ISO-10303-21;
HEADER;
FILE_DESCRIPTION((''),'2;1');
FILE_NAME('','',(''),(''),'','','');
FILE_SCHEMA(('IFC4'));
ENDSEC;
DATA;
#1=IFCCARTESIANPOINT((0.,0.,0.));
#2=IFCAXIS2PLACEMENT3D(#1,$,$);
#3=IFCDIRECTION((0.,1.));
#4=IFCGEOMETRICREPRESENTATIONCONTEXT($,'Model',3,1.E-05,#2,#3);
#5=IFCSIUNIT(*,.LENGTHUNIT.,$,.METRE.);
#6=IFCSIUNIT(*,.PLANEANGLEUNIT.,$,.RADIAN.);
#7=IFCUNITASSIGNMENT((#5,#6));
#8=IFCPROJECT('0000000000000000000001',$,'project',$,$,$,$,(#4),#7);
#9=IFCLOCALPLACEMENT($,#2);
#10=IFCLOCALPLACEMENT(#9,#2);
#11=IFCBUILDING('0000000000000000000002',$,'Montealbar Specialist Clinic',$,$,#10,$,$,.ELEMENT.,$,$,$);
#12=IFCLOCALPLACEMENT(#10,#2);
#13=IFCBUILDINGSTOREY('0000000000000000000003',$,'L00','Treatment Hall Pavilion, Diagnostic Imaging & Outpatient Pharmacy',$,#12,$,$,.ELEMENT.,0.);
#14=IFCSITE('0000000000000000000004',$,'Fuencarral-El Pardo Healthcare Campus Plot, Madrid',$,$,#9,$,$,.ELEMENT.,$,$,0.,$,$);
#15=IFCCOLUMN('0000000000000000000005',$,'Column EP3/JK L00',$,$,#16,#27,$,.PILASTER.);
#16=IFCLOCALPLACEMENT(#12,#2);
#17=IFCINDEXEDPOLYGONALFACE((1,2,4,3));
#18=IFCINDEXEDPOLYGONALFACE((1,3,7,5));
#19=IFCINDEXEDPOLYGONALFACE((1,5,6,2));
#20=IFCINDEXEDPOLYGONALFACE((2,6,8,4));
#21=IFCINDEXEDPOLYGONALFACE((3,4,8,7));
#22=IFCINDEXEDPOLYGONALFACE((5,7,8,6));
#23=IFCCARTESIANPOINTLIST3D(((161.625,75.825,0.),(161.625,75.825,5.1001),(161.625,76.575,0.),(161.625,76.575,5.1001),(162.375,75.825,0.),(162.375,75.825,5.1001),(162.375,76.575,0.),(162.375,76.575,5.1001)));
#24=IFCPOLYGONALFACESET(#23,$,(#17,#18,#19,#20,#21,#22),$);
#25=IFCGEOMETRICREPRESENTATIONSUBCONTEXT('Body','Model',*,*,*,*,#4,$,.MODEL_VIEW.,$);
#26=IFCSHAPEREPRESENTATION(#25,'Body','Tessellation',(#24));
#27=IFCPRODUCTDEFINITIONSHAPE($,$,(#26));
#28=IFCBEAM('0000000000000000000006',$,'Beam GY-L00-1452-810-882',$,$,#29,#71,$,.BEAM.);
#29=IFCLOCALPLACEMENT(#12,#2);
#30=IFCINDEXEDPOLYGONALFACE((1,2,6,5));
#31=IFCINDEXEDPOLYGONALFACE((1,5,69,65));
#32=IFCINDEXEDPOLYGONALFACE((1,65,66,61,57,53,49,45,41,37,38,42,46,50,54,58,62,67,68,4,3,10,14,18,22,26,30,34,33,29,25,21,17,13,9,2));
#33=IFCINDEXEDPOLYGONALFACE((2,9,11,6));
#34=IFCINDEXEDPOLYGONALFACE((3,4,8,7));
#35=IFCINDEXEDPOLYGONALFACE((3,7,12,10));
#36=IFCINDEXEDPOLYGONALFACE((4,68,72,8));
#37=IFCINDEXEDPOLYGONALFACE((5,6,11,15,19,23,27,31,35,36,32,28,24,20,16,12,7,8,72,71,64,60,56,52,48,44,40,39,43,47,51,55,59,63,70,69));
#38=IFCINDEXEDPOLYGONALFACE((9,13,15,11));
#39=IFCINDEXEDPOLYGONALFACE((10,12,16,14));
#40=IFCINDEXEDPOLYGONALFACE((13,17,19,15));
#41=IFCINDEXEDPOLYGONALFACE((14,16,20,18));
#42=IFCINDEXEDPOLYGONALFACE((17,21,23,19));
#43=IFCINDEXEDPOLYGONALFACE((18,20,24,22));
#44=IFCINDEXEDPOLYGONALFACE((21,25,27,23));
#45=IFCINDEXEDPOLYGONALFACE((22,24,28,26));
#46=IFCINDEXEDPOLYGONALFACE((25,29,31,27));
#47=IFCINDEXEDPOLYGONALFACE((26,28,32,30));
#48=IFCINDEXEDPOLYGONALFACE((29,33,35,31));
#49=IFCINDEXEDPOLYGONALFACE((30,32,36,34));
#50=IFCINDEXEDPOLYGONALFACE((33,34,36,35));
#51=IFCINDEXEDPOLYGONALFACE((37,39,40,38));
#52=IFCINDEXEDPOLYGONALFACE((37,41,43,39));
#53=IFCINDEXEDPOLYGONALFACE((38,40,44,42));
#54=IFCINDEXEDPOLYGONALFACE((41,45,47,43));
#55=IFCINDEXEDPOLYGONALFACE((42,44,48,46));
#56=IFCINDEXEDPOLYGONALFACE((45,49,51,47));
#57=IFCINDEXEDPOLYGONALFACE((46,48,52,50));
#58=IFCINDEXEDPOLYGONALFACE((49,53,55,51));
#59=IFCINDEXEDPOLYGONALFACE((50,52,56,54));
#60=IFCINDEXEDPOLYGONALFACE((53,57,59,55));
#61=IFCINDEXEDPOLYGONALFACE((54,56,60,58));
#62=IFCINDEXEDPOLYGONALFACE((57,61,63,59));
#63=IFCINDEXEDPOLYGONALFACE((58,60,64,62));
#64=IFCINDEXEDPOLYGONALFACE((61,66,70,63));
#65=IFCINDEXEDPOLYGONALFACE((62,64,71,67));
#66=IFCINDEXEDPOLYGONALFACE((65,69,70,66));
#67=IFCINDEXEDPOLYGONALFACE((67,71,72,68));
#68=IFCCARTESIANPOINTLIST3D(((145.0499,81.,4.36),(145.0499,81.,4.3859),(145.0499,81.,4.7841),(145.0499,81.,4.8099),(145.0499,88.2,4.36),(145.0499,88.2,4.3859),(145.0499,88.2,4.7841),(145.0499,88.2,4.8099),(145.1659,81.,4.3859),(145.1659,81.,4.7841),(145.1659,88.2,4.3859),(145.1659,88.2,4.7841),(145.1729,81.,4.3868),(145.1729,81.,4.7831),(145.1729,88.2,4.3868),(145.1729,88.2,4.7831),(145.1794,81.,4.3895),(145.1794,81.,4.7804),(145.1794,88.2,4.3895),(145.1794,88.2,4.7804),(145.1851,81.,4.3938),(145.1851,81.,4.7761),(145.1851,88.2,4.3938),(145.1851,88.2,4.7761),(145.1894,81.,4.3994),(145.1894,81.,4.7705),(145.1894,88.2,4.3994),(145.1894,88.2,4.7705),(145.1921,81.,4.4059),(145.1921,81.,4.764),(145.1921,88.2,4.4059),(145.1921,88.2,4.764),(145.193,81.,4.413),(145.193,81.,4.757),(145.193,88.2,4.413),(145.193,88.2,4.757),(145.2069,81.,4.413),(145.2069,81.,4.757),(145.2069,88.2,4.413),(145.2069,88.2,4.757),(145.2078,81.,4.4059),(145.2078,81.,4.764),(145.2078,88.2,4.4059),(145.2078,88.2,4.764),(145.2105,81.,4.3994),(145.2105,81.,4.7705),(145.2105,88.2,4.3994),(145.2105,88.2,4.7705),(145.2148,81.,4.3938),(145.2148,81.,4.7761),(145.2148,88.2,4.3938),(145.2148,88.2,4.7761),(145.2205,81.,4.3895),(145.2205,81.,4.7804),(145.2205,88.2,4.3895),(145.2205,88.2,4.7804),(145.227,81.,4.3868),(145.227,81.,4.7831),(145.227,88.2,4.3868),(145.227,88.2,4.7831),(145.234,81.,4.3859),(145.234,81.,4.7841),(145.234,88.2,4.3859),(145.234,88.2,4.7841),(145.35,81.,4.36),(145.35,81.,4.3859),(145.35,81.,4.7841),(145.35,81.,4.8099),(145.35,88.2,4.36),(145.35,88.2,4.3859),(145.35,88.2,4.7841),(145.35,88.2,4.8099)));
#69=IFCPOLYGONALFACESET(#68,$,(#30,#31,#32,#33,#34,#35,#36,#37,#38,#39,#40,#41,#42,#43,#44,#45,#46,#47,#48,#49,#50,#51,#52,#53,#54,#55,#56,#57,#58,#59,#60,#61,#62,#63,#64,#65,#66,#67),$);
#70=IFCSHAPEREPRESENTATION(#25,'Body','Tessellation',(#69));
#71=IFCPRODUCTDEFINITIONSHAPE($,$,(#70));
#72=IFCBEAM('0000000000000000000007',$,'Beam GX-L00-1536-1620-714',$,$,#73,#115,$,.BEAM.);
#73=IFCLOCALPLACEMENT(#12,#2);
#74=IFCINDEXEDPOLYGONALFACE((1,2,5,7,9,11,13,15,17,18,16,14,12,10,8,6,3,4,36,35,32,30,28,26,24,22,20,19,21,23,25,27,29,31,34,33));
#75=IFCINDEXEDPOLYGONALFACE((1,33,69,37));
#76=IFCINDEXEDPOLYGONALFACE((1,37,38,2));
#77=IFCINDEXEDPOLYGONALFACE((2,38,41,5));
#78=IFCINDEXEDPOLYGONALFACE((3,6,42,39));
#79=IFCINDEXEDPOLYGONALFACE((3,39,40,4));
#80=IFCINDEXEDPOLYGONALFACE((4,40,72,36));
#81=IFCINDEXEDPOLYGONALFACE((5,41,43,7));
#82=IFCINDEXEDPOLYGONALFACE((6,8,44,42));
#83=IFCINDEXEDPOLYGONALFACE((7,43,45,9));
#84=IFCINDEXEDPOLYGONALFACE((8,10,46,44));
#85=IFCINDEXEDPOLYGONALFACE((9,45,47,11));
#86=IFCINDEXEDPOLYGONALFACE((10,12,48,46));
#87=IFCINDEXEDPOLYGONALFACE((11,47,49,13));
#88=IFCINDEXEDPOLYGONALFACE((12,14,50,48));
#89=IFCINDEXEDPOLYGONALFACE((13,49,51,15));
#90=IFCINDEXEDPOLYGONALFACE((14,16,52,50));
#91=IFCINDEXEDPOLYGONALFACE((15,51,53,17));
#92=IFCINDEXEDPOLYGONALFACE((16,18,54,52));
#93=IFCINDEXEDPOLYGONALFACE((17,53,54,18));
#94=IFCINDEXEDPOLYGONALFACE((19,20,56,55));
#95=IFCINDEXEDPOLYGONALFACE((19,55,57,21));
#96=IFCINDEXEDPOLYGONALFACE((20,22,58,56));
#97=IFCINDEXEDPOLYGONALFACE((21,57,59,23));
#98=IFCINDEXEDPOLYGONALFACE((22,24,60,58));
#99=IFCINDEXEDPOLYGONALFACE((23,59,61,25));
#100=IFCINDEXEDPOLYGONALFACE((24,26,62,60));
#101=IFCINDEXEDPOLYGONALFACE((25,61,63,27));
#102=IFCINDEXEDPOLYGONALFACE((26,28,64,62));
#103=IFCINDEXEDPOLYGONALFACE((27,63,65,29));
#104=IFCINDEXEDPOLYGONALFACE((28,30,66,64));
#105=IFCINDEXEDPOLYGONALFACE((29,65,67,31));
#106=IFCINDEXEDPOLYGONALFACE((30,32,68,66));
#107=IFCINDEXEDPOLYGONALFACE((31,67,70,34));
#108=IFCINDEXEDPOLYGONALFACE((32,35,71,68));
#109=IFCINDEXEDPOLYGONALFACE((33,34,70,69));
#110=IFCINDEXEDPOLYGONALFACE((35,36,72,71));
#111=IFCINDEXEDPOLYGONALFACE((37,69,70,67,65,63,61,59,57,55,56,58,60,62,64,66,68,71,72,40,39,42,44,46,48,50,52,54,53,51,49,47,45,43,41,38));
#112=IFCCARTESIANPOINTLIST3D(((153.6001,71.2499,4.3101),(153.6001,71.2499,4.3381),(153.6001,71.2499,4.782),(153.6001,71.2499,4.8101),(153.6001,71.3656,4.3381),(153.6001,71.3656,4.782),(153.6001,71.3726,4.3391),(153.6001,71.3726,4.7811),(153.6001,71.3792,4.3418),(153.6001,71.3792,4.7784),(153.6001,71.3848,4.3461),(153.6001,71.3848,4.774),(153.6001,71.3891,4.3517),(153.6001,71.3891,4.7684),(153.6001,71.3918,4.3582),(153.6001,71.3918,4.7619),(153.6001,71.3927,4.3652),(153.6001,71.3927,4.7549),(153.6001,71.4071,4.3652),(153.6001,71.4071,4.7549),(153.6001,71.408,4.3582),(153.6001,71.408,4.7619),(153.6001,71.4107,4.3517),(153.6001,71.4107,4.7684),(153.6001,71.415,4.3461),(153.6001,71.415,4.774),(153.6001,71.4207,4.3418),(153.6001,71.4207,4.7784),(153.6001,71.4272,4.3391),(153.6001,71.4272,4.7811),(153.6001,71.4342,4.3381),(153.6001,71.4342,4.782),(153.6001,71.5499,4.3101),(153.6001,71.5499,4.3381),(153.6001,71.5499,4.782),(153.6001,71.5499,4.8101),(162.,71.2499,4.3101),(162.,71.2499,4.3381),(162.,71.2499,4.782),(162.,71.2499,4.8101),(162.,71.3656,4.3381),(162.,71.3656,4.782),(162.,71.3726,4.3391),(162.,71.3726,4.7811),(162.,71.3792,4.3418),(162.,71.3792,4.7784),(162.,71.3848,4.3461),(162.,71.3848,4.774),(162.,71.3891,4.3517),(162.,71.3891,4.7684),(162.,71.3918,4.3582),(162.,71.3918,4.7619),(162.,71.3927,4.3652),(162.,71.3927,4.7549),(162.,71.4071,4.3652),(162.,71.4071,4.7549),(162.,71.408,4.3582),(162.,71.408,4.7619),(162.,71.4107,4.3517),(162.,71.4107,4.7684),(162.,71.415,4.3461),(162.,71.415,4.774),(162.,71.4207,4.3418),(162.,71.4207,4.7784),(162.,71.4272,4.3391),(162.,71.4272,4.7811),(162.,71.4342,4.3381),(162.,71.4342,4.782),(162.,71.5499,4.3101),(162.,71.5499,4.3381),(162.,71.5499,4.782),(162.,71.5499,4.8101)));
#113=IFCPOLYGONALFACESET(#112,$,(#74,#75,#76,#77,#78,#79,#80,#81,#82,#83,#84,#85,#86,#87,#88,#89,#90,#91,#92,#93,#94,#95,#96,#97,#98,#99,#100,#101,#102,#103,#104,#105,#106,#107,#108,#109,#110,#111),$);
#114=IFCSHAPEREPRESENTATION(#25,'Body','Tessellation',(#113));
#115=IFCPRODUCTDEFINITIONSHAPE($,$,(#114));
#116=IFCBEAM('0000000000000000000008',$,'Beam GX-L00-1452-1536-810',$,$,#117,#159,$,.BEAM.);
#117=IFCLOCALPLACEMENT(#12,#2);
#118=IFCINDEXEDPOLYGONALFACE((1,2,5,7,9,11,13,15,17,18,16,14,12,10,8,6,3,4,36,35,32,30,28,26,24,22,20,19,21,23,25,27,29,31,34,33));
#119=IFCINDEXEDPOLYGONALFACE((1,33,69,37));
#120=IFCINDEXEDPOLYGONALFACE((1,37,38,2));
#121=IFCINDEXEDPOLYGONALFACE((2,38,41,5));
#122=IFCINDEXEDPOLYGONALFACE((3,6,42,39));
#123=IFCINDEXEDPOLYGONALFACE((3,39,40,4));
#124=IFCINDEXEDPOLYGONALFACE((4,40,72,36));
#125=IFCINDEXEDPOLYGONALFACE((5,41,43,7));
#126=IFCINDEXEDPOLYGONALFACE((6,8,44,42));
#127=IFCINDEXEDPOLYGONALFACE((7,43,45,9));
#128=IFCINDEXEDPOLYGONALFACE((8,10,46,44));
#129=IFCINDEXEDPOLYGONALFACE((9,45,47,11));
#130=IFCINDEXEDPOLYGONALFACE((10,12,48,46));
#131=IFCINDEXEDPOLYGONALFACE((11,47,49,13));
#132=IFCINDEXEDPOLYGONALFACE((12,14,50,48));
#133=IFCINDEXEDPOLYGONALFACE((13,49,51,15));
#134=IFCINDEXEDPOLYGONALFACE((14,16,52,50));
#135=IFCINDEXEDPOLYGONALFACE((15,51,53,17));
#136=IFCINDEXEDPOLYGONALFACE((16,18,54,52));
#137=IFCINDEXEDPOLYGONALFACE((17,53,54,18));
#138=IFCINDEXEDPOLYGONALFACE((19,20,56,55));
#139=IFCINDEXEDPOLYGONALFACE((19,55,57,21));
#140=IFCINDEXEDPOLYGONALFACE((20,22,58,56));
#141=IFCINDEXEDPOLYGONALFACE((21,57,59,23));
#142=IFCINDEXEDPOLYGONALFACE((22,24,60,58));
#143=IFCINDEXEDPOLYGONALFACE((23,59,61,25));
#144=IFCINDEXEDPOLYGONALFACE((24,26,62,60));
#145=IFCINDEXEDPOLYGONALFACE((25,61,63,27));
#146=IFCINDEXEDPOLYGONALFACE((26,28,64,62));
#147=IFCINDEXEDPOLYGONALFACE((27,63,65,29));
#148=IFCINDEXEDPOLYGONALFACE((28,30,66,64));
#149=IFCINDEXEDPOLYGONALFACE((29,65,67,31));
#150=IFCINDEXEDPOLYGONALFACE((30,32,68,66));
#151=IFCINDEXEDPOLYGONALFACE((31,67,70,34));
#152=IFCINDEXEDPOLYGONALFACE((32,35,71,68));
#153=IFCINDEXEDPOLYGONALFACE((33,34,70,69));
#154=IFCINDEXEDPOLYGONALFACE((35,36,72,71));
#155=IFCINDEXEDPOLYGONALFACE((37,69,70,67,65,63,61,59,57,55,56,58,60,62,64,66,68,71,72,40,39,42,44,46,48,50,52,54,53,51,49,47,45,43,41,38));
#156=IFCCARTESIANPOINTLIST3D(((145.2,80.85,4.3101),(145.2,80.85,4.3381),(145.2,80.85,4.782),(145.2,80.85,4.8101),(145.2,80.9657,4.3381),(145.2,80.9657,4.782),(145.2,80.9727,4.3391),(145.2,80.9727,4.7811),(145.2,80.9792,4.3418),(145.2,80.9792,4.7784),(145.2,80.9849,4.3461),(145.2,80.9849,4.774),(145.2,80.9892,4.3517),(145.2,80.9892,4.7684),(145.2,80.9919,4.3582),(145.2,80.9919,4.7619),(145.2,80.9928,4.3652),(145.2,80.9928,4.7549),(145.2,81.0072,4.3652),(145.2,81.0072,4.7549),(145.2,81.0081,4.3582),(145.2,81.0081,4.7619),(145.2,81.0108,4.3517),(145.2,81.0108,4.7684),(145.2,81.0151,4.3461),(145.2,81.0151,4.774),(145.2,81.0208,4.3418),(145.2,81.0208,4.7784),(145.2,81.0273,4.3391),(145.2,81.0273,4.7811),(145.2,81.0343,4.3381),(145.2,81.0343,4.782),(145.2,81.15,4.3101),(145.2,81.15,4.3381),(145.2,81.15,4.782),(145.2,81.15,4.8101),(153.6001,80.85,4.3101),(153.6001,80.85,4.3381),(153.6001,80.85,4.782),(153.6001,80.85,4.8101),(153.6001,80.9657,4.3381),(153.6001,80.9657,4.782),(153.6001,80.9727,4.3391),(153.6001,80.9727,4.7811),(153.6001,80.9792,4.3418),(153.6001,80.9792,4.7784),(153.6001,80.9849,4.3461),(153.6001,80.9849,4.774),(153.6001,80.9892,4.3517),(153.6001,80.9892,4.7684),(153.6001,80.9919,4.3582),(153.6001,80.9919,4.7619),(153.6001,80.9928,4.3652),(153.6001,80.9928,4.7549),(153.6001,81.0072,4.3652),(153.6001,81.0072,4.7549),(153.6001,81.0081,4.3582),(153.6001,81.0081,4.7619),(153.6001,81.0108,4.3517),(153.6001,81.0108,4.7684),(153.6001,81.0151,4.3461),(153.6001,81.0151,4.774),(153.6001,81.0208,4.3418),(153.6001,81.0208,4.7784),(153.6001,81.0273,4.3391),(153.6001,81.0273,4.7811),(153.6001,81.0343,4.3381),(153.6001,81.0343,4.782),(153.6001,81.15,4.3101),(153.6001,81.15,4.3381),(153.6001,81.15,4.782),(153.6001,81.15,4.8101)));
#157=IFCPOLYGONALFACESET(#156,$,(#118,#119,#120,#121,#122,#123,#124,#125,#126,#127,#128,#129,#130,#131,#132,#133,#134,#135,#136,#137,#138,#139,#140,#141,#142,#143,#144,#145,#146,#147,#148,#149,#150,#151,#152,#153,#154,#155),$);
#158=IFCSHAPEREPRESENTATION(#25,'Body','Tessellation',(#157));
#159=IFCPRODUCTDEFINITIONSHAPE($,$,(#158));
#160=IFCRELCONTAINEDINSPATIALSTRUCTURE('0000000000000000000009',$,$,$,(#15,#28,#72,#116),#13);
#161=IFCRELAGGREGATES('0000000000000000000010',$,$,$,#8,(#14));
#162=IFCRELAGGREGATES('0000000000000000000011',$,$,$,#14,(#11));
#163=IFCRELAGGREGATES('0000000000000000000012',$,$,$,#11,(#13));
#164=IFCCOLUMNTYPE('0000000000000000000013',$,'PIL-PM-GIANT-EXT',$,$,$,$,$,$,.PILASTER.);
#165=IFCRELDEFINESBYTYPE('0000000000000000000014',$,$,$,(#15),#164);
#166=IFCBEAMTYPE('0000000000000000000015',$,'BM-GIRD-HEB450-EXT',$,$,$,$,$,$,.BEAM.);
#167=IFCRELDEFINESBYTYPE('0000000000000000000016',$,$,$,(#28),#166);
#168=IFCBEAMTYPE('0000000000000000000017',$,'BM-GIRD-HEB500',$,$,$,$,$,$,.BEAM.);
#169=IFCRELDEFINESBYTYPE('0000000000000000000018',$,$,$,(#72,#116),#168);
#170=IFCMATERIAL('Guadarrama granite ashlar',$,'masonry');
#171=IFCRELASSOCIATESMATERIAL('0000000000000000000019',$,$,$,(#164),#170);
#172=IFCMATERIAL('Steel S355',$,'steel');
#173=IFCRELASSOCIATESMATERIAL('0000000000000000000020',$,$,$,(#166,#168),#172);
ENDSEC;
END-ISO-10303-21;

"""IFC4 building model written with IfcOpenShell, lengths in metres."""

from ifc_helpers import new_model, si_unit, direction, frame, origin, origin_2d, place, context, subcontext, project, spatial, rectangle, i_section, extrude, material, material_profile, profile_set, type_object, element, save


model = new_model("IFC4")

# Units and contexts
model_context = context("Model", 3, precision=1e-05, world=origin(), true_north=direction((0.0, 1.0)))
body_context = subcontext(model_context, "Body", "Model", "MODEL_VIEW")
ifc_project = project(units=[si_unit("LENGTHUNIT", "METRE"), si_unit("PLANEANGLEUNIT", "RADIAN")], contexts=[model_context])

# Site, building, storey
site_placement = place(None, origin())
site = spatial("IfcSite", under=ifc_project, at=site_placement, Name="Fuencarral-El Pardo Healthcare Campus Plot, Madrid", CompositionType="ELEMENT", RefElevation=0.0)
building_placement = place(site_placement, origin())
building = spatial("IfcBuilding", under=site, at=building_placement, Name="Montealbar Specialist Clinic", CompositionType="ELEMENT")
storey_placement = place(building_placement, origin())
storey = spatial("IfcBuildingStorey", under=building, at=storey_placement, Name="L00", Description="Treatment Hall Pavilion, Diagnostic Imaging & Outpatient Pharmacy", CompositionType="ELEMENT", Elevation=0.0)

# Column
ifc_material_1 = material(Name="Steel S355", Category="steel")
ifc_material_2 = material(Name="Guadarrama granite ashlar", Category="masonry")
ifc_material_profile_1 = material_profile(ifc_material_2, rectangle(XDim=0.75, YDim=0.75, at=origin_2d()), Name="GRANITE PILASTER 750x750", Category="masonry")
ifc_profile_set_1 = profile_set([ifc_material_profile_1], Name="Guadarrama granite ashlar")
column_type_1 = type_object("IfcColumnType", Name="PIL-PM-GIANT-EXT", PredefinedType="PILASTER", material=ifc_profile_set_1)
column_placement = place(storey_placement, frame((162.0, 76.2, 0.0), z_axis=(0.0, 0.0, 1.0), x_axis=(1.0, 0.0, 0.0)))
element("IfcColumn", 1, at=column_placement, inside=storey, type_object=column_type_1, Name="Column EP3/JK L00", PredefinedType="PILASTER", context=body_context, shape_type="SweptSolid", body=[
    extrude(rectangle(XDim=0.75, YDim=0.75, at=origin_2d()), origin(), (0.0, 0.0, 1.0), 5.1001),
])

# Beams
ifc_material_profile_2 = material_profile(ifc_material_1, i_section(OverallWidth=0.3, OverallDepth=0.45, WebThickness=0.0139, FlangeThickness=0.0259, FilletRadius=0.0271, at=origin_2d()), Name="HEB 450", Category="steel")
ifc_profile_set_2 = profile_set([ifc_material_profile_2], Name="Steel S355")
beam_type_1 = type_object("IfcBeamType", Name="BM-GIRD-HEB450-EXT", PredefinedType="BEAM", material=ifc_profile_set_2)
beam_1_placement = place(storey_placement, frame((145.2, 81.0, 4.585), z_axis=(0.0, 1.0, 0.0), x_axis=(-1.0, 0.0, 0.0)))
element("IfcBeam", 2, at=beam_1_placement, inside=storey, type_object=beam_type_1, Name="Beam GY-L00-1452-810-882", PredefinedType="BEAM", context=body_context, shape_type="SweptSolid", body=[
    extrude(i_section(OverallWidth=0.3, OverallDepth=0.45, WebThickness=0.0139, FlangeThickness=0.0259, FilletRadius=0.0271, at=origin_2d()), origin(), (0.0, 0.0, 1.0), 7.2),
])
ifc_material_profile_3 = material_profile(ifc_material_1, i_section(OverallWidth=0.3, OverallDepth=0.5, WebThickness=0.0144, FlangeThickness=0.0281, FilletRadius=0.0271, at=origin_2d()), Name="HEB 500", Category="steel")
ifc_profile_set_3 = profile_set([ifc_material_profile_3], Name="Steel S355")
beam_type_2 = type_object("IfcBeamType", Name="BM-GIRD-HEB500", PredefinedType="BEAM", material=ifc_profile_set_3)
beam_2_placement = place(storey_placement, frame((153.6001, 71.3999, 4.5601), z_axis=(1.0, 0.0, 0.0), x_axis=(0.0, 1.0, 0.0)))
element("IfcBeam", 3, at=beam_2_placement, inside=storey, type_object=beam_type_2, Name="Beam GX-L00-1536-1620-714", PredefinedType="BEAM", context=body_context, shape_type="SweptSolid", body=[
    extrude(i_section(OverallWidth=0.3, OverallDepth=0.5, WebThickness=0.0144, FlangeThickness=0.0281, FilletRadius=0.0271, at=origin_2d()), origin(), (0.0, 0.0, 1.0), 8.3999),
])
beam_3_placement = place(storey_placement, frame((145.2, 81.0, 4.5601), z_axis=(1.0, 0.0, 0.0), x_axis=(0.0, 1.0, 0.0)))
element("IfcBeam", 4, at=beam_3_placement, inside=storey, type_object=beam_type_2, Name="Beam GX-L00-1452-1536-810", PredefinedType="BEAM", context=body_context, shape_type="SweptSolid", body=[
    extrude(i_section(OverallWidth=0.3, OverallDepth=0.5, WebThickness=0.0144, FlangeThickness=0.0281, FilletRadius=0.0271, at=origin_2d()), origin(), (0.0, 0.0, 1.0), 8.4001),
])

save(model, "model.ifc")
